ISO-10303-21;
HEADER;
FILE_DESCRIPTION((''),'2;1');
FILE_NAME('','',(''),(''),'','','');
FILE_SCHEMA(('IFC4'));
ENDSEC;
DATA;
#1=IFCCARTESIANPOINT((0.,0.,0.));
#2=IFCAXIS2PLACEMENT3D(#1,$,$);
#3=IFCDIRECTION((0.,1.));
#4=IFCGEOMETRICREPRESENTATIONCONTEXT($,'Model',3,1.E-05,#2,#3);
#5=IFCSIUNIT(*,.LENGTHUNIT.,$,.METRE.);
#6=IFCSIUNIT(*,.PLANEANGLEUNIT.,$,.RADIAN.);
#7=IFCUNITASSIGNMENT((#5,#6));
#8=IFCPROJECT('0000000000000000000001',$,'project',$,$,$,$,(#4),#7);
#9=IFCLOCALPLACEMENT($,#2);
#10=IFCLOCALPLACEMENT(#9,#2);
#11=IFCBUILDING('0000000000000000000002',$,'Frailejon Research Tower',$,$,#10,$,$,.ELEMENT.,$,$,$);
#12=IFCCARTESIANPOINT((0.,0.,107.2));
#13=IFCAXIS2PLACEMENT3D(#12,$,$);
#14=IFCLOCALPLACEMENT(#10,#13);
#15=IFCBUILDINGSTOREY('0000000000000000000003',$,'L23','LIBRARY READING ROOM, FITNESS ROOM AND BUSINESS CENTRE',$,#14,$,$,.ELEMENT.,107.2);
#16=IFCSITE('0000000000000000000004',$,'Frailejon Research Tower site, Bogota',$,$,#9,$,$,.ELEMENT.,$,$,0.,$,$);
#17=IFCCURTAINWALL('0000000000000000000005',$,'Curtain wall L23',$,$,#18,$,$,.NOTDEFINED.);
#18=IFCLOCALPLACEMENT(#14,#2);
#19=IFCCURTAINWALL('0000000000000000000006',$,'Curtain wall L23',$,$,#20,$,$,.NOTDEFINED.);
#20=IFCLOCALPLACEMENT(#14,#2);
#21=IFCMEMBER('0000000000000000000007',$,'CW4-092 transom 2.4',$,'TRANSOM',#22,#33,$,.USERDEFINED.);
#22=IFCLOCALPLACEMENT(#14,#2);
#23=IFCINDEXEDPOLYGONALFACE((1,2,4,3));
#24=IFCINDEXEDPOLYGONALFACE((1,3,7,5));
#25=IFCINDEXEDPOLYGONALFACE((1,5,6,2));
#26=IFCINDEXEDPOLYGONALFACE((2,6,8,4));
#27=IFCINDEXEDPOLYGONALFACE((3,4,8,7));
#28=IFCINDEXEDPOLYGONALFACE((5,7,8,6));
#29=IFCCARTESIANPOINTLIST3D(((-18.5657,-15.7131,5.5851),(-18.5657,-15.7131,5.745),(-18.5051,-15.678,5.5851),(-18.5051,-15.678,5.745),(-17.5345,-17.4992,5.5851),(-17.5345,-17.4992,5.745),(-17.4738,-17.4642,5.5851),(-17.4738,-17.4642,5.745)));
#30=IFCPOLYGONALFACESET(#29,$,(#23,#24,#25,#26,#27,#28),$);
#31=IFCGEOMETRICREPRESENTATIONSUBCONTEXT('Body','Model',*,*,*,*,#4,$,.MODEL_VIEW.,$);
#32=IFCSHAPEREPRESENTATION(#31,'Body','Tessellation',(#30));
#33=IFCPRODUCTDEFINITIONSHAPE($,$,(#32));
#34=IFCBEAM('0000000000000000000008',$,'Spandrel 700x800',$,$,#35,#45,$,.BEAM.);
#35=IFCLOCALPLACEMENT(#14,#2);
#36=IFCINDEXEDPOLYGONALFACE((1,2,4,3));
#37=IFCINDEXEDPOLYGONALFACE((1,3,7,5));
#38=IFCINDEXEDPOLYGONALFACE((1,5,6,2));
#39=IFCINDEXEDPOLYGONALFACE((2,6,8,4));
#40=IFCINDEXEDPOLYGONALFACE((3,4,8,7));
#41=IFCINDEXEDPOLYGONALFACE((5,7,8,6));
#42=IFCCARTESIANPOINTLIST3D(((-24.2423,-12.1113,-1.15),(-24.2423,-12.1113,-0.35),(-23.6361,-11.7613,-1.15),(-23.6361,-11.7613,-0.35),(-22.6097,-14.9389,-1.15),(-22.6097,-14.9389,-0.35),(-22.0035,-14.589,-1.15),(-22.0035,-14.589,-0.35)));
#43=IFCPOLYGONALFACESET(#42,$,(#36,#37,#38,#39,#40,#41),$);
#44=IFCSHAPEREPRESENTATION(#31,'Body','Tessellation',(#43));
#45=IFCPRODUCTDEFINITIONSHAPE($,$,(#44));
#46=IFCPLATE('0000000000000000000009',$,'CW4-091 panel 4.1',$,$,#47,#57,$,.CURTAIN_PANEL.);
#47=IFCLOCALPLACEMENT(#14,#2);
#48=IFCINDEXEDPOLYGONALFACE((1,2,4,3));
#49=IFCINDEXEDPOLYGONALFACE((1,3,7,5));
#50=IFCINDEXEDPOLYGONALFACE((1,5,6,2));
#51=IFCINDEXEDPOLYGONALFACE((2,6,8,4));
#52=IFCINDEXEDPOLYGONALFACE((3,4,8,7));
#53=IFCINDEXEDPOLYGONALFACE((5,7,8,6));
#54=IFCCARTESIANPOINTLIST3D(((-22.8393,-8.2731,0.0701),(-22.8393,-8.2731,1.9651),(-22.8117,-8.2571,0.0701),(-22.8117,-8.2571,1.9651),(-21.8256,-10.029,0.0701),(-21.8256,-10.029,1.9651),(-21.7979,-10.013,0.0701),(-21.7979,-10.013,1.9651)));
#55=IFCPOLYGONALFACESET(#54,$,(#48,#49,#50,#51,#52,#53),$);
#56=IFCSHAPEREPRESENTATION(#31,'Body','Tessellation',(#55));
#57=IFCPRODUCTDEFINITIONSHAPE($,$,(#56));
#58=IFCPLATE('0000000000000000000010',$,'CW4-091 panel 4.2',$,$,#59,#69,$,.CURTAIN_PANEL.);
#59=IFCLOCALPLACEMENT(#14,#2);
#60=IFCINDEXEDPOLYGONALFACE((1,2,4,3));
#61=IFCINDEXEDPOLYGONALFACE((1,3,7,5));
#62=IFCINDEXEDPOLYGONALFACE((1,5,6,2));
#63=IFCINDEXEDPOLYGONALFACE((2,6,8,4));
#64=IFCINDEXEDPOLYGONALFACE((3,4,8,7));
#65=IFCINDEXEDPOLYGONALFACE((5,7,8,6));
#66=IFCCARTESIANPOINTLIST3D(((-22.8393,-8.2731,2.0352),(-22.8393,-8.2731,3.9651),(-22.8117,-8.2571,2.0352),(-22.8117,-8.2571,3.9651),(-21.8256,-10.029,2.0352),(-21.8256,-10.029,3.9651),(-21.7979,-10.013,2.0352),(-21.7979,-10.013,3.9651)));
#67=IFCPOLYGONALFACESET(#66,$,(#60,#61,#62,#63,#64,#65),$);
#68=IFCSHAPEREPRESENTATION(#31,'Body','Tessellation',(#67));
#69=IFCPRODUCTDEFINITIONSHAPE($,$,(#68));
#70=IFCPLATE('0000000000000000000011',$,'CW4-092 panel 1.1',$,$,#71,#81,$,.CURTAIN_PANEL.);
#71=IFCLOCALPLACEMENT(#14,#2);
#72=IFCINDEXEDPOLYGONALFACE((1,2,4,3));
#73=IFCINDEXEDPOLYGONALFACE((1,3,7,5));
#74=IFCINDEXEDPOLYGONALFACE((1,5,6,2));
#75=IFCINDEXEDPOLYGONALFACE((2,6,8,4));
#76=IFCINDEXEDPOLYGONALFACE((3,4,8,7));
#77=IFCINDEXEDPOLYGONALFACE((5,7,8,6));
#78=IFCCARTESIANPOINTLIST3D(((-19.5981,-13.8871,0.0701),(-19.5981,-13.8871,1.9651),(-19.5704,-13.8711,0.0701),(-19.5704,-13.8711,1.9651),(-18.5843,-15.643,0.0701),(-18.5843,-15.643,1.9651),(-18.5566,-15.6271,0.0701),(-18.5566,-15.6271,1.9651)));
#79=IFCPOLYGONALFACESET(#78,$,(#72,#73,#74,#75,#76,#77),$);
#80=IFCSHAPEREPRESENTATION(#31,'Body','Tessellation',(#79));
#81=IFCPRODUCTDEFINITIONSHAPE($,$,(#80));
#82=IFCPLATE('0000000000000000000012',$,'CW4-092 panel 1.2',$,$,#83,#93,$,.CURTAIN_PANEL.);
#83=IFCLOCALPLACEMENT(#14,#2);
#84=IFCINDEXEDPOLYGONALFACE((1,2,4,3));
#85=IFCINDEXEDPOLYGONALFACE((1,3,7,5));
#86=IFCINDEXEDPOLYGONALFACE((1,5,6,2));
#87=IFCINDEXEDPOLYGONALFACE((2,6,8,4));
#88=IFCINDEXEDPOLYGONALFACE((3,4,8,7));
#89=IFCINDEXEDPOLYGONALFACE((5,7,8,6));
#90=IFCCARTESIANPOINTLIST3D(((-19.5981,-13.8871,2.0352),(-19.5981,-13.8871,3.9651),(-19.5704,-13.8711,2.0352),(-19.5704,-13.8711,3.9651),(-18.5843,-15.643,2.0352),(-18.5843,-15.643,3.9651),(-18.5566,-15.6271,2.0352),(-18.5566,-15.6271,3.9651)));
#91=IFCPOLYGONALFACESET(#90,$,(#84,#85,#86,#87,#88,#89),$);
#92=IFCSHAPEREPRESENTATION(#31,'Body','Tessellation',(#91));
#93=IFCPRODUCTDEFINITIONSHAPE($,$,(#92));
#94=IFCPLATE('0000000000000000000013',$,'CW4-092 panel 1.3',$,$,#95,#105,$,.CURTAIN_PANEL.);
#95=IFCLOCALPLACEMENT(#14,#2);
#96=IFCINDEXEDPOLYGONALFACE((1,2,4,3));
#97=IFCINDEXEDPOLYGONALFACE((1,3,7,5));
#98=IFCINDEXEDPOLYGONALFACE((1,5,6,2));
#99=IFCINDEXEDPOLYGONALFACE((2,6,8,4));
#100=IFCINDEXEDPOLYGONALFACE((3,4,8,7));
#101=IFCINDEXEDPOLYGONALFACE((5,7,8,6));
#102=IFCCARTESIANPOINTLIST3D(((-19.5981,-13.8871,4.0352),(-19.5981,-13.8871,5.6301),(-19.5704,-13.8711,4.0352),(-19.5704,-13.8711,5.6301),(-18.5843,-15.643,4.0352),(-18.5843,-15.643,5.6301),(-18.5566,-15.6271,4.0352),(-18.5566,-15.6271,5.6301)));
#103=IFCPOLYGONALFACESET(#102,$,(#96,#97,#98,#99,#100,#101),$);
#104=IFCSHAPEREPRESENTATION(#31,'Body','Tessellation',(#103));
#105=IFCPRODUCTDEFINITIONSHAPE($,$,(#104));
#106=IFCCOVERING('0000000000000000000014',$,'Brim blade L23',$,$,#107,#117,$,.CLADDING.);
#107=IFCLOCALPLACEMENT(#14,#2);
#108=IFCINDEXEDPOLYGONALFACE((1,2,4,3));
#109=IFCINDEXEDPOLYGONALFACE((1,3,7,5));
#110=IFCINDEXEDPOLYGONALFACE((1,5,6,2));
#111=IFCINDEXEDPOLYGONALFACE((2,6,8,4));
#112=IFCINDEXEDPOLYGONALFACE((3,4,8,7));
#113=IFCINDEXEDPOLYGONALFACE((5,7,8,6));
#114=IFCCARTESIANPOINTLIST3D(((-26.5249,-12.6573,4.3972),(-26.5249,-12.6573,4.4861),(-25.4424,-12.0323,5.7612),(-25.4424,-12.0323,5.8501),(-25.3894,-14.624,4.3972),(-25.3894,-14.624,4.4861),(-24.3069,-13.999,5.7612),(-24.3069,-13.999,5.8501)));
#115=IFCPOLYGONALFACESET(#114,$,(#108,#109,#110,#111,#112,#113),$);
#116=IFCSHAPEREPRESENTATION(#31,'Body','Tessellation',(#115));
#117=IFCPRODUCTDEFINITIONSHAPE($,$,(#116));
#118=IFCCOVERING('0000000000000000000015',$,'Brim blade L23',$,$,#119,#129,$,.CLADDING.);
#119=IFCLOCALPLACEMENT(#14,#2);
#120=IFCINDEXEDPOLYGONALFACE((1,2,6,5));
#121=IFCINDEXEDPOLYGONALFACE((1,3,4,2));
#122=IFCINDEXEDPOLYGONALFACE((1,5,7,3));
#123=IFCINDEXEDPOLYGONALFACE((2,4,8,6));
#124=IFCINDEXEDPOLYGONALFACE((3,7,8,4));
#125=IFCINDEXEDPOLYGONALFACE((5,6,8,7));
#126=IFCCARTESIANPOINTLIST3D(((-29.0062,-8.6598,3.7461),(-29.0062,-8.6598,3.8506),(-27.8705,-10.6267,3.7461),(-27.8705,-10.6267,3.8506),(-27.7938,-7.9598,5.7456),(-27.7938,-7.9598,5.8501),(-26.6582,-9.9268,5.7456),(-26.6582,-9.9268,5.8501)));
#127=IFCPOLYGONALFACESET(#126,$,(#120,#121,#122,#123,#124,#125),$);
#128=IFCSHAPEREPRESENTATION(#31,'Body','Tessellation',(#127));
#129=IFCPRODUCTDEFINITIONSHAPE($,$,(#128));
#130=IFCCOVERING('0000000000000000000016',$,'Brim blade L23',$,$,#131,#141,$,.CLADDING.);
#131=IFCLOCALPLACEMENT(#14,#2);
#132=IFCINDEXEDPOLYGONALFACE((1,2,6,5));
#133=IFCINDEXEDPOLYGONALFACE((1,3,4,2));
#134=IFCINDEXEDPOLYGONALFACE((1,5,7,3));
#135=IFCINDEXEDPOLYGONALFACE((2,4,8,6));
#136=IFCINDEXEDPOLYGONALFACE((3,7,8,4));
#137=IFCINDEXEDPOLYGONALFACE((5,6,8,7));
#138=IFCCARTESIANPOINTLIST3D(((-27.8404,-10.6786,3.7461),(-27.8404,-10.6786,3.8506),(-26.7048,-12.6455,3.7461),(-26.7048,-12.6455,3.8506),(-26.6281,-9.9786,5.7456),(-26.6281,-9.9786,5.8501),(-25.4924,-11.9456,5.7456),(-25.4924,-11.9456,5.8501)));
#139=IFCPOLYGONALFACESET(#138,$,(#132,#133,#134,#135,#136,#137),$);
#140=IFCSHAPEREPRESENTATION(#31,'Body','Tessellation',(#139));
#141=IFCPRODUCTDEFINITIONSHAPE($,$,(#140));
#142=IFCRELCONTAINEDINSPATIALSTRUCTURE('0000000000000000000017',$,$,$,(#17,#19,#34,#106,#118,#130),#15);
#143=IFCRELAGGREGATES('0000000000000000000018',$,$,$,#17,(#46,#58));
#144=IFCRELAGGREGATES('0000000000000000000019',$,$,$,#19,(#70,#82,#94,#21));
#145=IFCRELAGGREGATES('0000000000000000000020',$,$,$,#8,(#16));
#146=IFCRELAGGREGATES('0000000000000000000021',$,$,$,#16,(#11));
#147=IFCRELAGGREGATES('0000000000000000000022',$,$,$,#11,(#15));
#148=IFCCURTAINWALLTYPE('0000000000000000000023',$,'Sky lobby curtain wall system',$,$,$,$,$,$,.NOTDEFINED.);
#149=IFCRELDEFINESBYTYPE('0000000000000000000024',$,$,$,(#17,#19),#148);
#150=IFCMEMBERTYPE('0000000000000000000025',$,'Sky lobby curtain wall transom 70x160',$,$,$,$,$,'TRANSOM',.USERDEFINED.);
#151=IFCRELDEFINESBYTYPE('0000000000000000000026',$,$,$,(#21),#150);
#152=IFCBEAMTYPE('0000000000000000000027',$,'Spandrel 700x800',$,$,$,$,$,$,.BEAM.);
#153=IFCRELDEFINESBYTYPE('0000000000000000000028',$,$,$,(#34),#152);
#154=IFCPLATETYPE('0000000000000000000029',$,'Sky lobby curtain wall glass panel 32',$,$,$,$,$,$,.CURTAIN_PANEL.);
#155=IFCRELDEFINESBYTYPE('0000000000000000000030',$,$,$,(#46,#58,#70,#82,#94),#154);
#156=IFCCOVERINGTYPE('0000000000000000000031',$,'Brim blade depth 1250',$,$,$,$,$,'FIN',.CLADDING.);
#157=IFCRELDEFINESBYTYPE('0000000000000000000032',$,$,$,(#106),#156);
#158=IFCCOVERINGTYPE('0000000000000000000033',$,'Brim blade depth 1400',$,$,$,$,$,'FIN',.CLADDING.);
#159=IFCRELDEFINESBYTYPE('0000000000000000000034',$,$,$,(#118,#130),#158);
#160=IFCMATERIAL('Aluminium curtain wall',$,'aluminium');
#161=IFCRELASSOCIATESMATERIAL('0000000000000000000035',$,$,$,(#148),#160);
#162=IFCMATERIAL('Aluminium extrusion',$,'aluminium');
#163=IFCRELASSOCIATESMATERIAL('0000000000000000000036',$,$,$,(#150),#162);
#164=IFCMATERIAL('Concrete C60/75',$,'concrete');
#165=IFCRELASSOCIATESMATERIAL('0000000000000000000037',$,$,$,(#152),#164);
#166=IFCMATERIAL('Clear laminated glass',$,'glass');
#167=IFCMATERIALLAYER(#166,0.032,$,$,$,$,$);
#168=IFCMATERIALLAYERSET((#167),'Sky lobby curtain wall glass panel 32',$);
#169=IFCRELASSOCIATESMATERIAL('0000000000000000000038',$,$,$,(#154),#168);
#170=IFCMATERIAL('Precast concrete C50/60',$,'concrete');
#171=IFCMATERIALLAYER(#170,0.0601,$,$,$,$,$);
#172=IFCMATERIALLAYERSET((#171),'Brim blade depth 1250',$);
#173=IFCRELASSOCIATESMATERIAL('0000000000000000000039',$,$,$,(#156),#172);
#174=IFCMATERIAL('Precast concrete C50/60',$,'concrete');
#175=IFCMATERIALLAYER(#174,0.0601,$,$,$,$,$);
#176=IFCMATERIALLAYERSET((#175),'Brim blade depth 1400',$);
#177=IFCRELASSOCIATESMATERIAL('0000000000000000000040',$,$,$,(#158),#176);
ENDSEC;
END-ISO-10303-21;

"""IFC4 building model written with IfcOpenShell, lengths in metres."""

from ifc_helpers import new_model, si_unit, direction, frame, origin, origin_2d, place, context, subcontext, project, spatial, polyline, rectangle, outline, extrude, material, layer, layer_set, material_profile, profile_set, type_object, element, aggregate, save


model = new_model("IFC4")

# Units and contexts
model_context = context("Model", 3, precision=1e-05, world=origin(), true_north=direction((0.0, 1.0)))
body_context = subcontext(model_context, "Body", "Model", "MODEL_VIEW")
ifc_project = project(units=[si_unit("LENGTHUNIT", "METRE"), si_unit("PLANEANGLEUNIT", "RADIAN")], contexts=[model_context])

# Site, building, storey
site_placement = place(None, origin())
site = spatial("IfcSite", under=ifc_project, at=site_placement, Name="Frailejon Research Tower site, Bogota", CompositionType="ELEMENT", RefElevation=0.0)
building_placement = place(site_placement, origin())
building = spatial("IfcBuilding", under=site, at=building_placement, Name="Frailejon Research Tower", CompositionType="ELEMENT")
storey_placement = place(building_placement, frame((0.0, 0.0, 107.2)))
storey = spatial("IfcBuildingStorey", under=building, at=storey_placement, Name="L23", Description="LIBRARY READING ROOM, FITNESS ROOM AND BUSINESS CENTRE", CompositionType="ELEMENT", Elevation=107.2)

# Curtain wall
ifc_material_1 = material(Name="Aluminium curtain wall", Category="aluminium")
curtain_wall_type = type_object("IfcCurtainWallType", Name="Sky lobby curtain wall system", PredefinedType="NOTDEFINED", material=ifc_material_1)
curtain_wall_1_placement = place(storey_placement, origin())
curtain_wall_1 = element("IfcCurtainWall", 1, at=curtain_wall_1_placement, inside=storey, type_object=curtain_wall_type, Name="Curtain wall L23", PredefinedType="NOTDEFINED")

# Curtain wall, member
curtain_wall_2_placement = place(storey_placement, origin())
curtain_wall_2 = element("IfcCurtainWall", 2, at=curtain_wall_2_placement, inside=storey, type_object=curtain_wall_type, Name="Curtain wall L23", PredefinedType="NOTDEFINED")
ifc_material_2 = material(Name="Aluminium extrusion", Category="aluminium")
ifc_material_profile_1 = material_profile(ifc_material_2, rectangle(XDim=0.0701, YDim=0.1599, at=origin_2d()), Name="Sky lobby curtain wall transom 70x160")
ifc_profile_set_1 = profile_set([ifc_material_profile_1], Name="Aluminium extrusion")
member_type_1 = type_object("IfcMemberType", Name="Sky lobby curtain wall transom 70x160", ElementType="TRANSOM", PredefinedType="USERDEFINED", material=ifc_profile_set_1)
member_1_placement = place(storey_placement, frame((-18.5354, -15.6956, 5.665), z_axis=(0.500009, -0.86602, 0.0), x_axis=(0.86602, 0.500009, 0.0)))
member_1 = element("IfcMember", 3, at=member_1_placement, type_object=member_type_1, Name="CW4-092 transom 2.4", ObjectType="TRANSOM", PredefinedType="USERDEFINED", context=body_context, shape_type="SweptSolid", body=[
    extrude(rectangle(XDim=0.0701, YDim=0.1599, at=origin_2d()), origin(), (0.0, 0.0, 1.0), 2.0625),
])

# Beam
ifc_material_3 = material(Name="Concrete C60/75", Category="concrete")
ifc_material_profile_2 = material_profile(ifc_material_3, rectangle(XDim=0.7, YDim=0.8, at=origin_2d()), Name="Spandrel 700x800")
ifc_profile_set_2 = profile_set([ifc_material_profile_2], Name="Concrete C60/75")
beam_type_1 = type_object("IfcBeamType", Name="Spandrel 700x800", PredefinedType="BEAM", material=ifc_profile_set_2)
beam_1_placement = place(storey_placement, frame((-23.9392, -11.9363, -0.75), z_axis=(0.500007, -0.866021, 0.0), x_axis=(0.866021, 0.500007, 0.0)))
element("IfcBeam", 4, at=beam_1_placement, inside=storey, type_object=beam_type_1, Name="Spandrel 700x800", PredefinedType="BEAM", context=body_context, shape_type="SweptSolid", body=[
    extrude(rectangle(XDim=0.7, YDim=0.8, at=origin_2d()), origin(), (0.0, 0.0, 1.0), 3.2651),
])

# Plates
ifc_material_4 = material(Name="Clear laminated glass", Category="glass")
ifc_layer_1 = layer(ifc_material_4, 0.032)
ifc_layer_set_1 = layer_set([ifc_layer_1], Name="Sky lobby curtain wall glass panel 32")
plate_type = type_object("IfcPlateType", Name="Sky lobby curtain wall glass panel 32", PredefinedType="CURTAIN_PANEL", material=ifc_layer_set_1)
plate_1_placement = place(storey_placement, frame((-22.3186, -9.1431, 0.0701), z_axis=(0.0, 0.0, 1.0), x_axis=(0.5, -0.866026, 0.0)))
plate_1 = element("IfcPlate", 5, at=plate_1_placement, type_object=plate_type, Name="CW4-091 panel 4.1", PredefinedType="CURTAIN_PANEL", context=body_context, shape_type="SweptSolid", body=[
    extrude(rectangle(XDim=2.0276, YDim=0.032, at=origin_2d()), origin(), (0.0, 0.0, 1.0), 1.895),
])
plate_2_placement = place(storey_placement, frame((-22.3186, -9.1431, 2.0352), z_axis=(0.0, 0.0, 1.0), x_axis=(0.5, -0.866026, 0.0)))
plate_2 = element("IfcPlate", 6, at=plate_2_placement, type_object=plate_type, Name="CW4-091 panel 4.2", PredefinedType="CURTAIN_PANEL", context=body_context, shape_type="SweptSolid", body=[
    extrude(rectangle(XDim=2.0276, YDim=0.032, at=origin_2d()), origin(), (0.0, 0.0, 1.0), 1.9299),
])
aggregate(curtain_wall_1, [plate_1, plate_2])
plate_3_placement = place(storey_placement, frame((-19.0774, -14.7571, 0.0701), z_axis=(0.0, 0.0, 1.0), x_axis=(0.5, -0.866026, 0.0)))
plate_3 = element("IfcPlate", 7, at=plate_3_placement, type_object=plate_type, Name="CW4-092 panel 1.1", PredefinedType="CURTAIN_PANEL", context=body_context, shape_type="SweptSolid", body=[
    extrude(rectangle(XDim=2.0276, YDim=0.032, at=origin_2d()), origin(), (0.0, 0.0, 1.0), 1.895),
])
plate_4_placement = place(storey_placement, frame((-19.0774, -14.7571, 2.0352), z_axis=(0.0, 0.0, 1.0), x_axis=(0.5, -0.866026, 0.0)))
plate_4 = element("IfcPlate", 8, at=plate_4_placement, type_object=plate_type, Name="CW4-092 panel 1.2", PredefinedType="CURTAIN_PANEL", context=body_context, shape_type="SweptSolid", body=[
    extrude(rectangle(XDim=2.0276, YDim=0.032, at=origin_2d()), origin(), (0.0, 0.0, 1.0), 1.9299),
])
plate_5_placement = place(storey_placement, frame((-19.0774, -14.7571, 4.0352), z_axis=(0.0, 0.0, 1.0), x_axis=(0.5, -0.866026, 0.0)))
plate_5 = element("IfcPlate", 9, at=plate_5_placement, type_object=plate_type, Name="CW4-092 panel 1.3", PredefinedType="CURTAIN_PANEL", context=body_context, shape_type="SweptSolid", body=[
    extrude(rectangle(XDim=2.0276, YDim=0.032, at=origin_2d()), origin(), (0.0, 0.0, 1.0), 1.595),
])
aggregate(curtain_wall_2, [plate_3, plate_4, plate_5, member_1])

# Coverings
ifc_material_5 = material(Name="Precast concrete C50/60", Category="concrete")
ifc_layer_2 = layer(ifc_material_5, 0.0601)
ifc_layer_set_2 = layer_set([ifc_layer_2], Name="Brim blade depth 1250")
covering_type_1 = type_object("IfcCoveringType", Name="Brim blade depth 1250", ElementType="FIN", PredefinedType="CLADDING", material=ifc_layer_set_2)
covering_placement = place(storey_placement, frame((-24.3069, -13.999, 5.8501), z_axis=(-0.500002, 0.866024, 0.0), x_axis=(-0.866024, -0.500002, 0.0)))
element("IfcCovering", 10, at=covering_placement, inside=storey, type_object=covering_type_1, Name="Brim blade L23", PredefinedType="CLADDING", context=body_context, shape_type="SweptSolid", body=[
    extrude(outline(polyline([(0.0, -0.0889), (1.25, -1.4529), (1.25, -1.364), (0.0, 0.0), (0.0, -0.0889)])), origin(), (0.0, 0.0, 1.0), 2.271),
])
ifc_material_6 = material(Name="Precast concrete C50/60", Category="concrete")
ifc_layer_3 = layer(ifc_material_6, 0.0601)
ifc_layer_set_3 = layer_set([ifc_layer_3], Name="Brim blade depth 1400")
covering_type_2 = type_object("IfcCoveringType", Name="Brim blade depth 1400", ElementType="FIN", PredefinedType="CLADDING", material=ifc_layer_set_3)
for number, where, z_axis, x_axis, name in (
    (11, (-26.6582, -9.9268, 5.8501), (-0.500009, 0.86602, 0.0), (-0.86602, -0.500009, 0.0), "Brim blade L23"),
    (12, (-25.4924, -11.9456, 5.8501), (-0.500009, 0.86602, 0.0), (-0.86602, -0.500009, 0.0), "Brim blade L23"),
):
    element("IfcCovering", number, at=place(storey_placement, frame(where, z_axis=z_axis, x_axis=x_axis)), inside=storey, type_object=covering_type_2, Name=name, PredefinedType="CLADDING", context=body_context, shape_type="SweptSolid", body=[
        extrude(outline(polyline([(0.0, -0.1045), (1.3999, -2.104), (1.3999, -1.9995), (0.0, 0.0), (0.0, -0.1045)])), origin(), (0.0, 0.0, 1.0), 2.2712),
    ])

save(model, "model.ifc")
